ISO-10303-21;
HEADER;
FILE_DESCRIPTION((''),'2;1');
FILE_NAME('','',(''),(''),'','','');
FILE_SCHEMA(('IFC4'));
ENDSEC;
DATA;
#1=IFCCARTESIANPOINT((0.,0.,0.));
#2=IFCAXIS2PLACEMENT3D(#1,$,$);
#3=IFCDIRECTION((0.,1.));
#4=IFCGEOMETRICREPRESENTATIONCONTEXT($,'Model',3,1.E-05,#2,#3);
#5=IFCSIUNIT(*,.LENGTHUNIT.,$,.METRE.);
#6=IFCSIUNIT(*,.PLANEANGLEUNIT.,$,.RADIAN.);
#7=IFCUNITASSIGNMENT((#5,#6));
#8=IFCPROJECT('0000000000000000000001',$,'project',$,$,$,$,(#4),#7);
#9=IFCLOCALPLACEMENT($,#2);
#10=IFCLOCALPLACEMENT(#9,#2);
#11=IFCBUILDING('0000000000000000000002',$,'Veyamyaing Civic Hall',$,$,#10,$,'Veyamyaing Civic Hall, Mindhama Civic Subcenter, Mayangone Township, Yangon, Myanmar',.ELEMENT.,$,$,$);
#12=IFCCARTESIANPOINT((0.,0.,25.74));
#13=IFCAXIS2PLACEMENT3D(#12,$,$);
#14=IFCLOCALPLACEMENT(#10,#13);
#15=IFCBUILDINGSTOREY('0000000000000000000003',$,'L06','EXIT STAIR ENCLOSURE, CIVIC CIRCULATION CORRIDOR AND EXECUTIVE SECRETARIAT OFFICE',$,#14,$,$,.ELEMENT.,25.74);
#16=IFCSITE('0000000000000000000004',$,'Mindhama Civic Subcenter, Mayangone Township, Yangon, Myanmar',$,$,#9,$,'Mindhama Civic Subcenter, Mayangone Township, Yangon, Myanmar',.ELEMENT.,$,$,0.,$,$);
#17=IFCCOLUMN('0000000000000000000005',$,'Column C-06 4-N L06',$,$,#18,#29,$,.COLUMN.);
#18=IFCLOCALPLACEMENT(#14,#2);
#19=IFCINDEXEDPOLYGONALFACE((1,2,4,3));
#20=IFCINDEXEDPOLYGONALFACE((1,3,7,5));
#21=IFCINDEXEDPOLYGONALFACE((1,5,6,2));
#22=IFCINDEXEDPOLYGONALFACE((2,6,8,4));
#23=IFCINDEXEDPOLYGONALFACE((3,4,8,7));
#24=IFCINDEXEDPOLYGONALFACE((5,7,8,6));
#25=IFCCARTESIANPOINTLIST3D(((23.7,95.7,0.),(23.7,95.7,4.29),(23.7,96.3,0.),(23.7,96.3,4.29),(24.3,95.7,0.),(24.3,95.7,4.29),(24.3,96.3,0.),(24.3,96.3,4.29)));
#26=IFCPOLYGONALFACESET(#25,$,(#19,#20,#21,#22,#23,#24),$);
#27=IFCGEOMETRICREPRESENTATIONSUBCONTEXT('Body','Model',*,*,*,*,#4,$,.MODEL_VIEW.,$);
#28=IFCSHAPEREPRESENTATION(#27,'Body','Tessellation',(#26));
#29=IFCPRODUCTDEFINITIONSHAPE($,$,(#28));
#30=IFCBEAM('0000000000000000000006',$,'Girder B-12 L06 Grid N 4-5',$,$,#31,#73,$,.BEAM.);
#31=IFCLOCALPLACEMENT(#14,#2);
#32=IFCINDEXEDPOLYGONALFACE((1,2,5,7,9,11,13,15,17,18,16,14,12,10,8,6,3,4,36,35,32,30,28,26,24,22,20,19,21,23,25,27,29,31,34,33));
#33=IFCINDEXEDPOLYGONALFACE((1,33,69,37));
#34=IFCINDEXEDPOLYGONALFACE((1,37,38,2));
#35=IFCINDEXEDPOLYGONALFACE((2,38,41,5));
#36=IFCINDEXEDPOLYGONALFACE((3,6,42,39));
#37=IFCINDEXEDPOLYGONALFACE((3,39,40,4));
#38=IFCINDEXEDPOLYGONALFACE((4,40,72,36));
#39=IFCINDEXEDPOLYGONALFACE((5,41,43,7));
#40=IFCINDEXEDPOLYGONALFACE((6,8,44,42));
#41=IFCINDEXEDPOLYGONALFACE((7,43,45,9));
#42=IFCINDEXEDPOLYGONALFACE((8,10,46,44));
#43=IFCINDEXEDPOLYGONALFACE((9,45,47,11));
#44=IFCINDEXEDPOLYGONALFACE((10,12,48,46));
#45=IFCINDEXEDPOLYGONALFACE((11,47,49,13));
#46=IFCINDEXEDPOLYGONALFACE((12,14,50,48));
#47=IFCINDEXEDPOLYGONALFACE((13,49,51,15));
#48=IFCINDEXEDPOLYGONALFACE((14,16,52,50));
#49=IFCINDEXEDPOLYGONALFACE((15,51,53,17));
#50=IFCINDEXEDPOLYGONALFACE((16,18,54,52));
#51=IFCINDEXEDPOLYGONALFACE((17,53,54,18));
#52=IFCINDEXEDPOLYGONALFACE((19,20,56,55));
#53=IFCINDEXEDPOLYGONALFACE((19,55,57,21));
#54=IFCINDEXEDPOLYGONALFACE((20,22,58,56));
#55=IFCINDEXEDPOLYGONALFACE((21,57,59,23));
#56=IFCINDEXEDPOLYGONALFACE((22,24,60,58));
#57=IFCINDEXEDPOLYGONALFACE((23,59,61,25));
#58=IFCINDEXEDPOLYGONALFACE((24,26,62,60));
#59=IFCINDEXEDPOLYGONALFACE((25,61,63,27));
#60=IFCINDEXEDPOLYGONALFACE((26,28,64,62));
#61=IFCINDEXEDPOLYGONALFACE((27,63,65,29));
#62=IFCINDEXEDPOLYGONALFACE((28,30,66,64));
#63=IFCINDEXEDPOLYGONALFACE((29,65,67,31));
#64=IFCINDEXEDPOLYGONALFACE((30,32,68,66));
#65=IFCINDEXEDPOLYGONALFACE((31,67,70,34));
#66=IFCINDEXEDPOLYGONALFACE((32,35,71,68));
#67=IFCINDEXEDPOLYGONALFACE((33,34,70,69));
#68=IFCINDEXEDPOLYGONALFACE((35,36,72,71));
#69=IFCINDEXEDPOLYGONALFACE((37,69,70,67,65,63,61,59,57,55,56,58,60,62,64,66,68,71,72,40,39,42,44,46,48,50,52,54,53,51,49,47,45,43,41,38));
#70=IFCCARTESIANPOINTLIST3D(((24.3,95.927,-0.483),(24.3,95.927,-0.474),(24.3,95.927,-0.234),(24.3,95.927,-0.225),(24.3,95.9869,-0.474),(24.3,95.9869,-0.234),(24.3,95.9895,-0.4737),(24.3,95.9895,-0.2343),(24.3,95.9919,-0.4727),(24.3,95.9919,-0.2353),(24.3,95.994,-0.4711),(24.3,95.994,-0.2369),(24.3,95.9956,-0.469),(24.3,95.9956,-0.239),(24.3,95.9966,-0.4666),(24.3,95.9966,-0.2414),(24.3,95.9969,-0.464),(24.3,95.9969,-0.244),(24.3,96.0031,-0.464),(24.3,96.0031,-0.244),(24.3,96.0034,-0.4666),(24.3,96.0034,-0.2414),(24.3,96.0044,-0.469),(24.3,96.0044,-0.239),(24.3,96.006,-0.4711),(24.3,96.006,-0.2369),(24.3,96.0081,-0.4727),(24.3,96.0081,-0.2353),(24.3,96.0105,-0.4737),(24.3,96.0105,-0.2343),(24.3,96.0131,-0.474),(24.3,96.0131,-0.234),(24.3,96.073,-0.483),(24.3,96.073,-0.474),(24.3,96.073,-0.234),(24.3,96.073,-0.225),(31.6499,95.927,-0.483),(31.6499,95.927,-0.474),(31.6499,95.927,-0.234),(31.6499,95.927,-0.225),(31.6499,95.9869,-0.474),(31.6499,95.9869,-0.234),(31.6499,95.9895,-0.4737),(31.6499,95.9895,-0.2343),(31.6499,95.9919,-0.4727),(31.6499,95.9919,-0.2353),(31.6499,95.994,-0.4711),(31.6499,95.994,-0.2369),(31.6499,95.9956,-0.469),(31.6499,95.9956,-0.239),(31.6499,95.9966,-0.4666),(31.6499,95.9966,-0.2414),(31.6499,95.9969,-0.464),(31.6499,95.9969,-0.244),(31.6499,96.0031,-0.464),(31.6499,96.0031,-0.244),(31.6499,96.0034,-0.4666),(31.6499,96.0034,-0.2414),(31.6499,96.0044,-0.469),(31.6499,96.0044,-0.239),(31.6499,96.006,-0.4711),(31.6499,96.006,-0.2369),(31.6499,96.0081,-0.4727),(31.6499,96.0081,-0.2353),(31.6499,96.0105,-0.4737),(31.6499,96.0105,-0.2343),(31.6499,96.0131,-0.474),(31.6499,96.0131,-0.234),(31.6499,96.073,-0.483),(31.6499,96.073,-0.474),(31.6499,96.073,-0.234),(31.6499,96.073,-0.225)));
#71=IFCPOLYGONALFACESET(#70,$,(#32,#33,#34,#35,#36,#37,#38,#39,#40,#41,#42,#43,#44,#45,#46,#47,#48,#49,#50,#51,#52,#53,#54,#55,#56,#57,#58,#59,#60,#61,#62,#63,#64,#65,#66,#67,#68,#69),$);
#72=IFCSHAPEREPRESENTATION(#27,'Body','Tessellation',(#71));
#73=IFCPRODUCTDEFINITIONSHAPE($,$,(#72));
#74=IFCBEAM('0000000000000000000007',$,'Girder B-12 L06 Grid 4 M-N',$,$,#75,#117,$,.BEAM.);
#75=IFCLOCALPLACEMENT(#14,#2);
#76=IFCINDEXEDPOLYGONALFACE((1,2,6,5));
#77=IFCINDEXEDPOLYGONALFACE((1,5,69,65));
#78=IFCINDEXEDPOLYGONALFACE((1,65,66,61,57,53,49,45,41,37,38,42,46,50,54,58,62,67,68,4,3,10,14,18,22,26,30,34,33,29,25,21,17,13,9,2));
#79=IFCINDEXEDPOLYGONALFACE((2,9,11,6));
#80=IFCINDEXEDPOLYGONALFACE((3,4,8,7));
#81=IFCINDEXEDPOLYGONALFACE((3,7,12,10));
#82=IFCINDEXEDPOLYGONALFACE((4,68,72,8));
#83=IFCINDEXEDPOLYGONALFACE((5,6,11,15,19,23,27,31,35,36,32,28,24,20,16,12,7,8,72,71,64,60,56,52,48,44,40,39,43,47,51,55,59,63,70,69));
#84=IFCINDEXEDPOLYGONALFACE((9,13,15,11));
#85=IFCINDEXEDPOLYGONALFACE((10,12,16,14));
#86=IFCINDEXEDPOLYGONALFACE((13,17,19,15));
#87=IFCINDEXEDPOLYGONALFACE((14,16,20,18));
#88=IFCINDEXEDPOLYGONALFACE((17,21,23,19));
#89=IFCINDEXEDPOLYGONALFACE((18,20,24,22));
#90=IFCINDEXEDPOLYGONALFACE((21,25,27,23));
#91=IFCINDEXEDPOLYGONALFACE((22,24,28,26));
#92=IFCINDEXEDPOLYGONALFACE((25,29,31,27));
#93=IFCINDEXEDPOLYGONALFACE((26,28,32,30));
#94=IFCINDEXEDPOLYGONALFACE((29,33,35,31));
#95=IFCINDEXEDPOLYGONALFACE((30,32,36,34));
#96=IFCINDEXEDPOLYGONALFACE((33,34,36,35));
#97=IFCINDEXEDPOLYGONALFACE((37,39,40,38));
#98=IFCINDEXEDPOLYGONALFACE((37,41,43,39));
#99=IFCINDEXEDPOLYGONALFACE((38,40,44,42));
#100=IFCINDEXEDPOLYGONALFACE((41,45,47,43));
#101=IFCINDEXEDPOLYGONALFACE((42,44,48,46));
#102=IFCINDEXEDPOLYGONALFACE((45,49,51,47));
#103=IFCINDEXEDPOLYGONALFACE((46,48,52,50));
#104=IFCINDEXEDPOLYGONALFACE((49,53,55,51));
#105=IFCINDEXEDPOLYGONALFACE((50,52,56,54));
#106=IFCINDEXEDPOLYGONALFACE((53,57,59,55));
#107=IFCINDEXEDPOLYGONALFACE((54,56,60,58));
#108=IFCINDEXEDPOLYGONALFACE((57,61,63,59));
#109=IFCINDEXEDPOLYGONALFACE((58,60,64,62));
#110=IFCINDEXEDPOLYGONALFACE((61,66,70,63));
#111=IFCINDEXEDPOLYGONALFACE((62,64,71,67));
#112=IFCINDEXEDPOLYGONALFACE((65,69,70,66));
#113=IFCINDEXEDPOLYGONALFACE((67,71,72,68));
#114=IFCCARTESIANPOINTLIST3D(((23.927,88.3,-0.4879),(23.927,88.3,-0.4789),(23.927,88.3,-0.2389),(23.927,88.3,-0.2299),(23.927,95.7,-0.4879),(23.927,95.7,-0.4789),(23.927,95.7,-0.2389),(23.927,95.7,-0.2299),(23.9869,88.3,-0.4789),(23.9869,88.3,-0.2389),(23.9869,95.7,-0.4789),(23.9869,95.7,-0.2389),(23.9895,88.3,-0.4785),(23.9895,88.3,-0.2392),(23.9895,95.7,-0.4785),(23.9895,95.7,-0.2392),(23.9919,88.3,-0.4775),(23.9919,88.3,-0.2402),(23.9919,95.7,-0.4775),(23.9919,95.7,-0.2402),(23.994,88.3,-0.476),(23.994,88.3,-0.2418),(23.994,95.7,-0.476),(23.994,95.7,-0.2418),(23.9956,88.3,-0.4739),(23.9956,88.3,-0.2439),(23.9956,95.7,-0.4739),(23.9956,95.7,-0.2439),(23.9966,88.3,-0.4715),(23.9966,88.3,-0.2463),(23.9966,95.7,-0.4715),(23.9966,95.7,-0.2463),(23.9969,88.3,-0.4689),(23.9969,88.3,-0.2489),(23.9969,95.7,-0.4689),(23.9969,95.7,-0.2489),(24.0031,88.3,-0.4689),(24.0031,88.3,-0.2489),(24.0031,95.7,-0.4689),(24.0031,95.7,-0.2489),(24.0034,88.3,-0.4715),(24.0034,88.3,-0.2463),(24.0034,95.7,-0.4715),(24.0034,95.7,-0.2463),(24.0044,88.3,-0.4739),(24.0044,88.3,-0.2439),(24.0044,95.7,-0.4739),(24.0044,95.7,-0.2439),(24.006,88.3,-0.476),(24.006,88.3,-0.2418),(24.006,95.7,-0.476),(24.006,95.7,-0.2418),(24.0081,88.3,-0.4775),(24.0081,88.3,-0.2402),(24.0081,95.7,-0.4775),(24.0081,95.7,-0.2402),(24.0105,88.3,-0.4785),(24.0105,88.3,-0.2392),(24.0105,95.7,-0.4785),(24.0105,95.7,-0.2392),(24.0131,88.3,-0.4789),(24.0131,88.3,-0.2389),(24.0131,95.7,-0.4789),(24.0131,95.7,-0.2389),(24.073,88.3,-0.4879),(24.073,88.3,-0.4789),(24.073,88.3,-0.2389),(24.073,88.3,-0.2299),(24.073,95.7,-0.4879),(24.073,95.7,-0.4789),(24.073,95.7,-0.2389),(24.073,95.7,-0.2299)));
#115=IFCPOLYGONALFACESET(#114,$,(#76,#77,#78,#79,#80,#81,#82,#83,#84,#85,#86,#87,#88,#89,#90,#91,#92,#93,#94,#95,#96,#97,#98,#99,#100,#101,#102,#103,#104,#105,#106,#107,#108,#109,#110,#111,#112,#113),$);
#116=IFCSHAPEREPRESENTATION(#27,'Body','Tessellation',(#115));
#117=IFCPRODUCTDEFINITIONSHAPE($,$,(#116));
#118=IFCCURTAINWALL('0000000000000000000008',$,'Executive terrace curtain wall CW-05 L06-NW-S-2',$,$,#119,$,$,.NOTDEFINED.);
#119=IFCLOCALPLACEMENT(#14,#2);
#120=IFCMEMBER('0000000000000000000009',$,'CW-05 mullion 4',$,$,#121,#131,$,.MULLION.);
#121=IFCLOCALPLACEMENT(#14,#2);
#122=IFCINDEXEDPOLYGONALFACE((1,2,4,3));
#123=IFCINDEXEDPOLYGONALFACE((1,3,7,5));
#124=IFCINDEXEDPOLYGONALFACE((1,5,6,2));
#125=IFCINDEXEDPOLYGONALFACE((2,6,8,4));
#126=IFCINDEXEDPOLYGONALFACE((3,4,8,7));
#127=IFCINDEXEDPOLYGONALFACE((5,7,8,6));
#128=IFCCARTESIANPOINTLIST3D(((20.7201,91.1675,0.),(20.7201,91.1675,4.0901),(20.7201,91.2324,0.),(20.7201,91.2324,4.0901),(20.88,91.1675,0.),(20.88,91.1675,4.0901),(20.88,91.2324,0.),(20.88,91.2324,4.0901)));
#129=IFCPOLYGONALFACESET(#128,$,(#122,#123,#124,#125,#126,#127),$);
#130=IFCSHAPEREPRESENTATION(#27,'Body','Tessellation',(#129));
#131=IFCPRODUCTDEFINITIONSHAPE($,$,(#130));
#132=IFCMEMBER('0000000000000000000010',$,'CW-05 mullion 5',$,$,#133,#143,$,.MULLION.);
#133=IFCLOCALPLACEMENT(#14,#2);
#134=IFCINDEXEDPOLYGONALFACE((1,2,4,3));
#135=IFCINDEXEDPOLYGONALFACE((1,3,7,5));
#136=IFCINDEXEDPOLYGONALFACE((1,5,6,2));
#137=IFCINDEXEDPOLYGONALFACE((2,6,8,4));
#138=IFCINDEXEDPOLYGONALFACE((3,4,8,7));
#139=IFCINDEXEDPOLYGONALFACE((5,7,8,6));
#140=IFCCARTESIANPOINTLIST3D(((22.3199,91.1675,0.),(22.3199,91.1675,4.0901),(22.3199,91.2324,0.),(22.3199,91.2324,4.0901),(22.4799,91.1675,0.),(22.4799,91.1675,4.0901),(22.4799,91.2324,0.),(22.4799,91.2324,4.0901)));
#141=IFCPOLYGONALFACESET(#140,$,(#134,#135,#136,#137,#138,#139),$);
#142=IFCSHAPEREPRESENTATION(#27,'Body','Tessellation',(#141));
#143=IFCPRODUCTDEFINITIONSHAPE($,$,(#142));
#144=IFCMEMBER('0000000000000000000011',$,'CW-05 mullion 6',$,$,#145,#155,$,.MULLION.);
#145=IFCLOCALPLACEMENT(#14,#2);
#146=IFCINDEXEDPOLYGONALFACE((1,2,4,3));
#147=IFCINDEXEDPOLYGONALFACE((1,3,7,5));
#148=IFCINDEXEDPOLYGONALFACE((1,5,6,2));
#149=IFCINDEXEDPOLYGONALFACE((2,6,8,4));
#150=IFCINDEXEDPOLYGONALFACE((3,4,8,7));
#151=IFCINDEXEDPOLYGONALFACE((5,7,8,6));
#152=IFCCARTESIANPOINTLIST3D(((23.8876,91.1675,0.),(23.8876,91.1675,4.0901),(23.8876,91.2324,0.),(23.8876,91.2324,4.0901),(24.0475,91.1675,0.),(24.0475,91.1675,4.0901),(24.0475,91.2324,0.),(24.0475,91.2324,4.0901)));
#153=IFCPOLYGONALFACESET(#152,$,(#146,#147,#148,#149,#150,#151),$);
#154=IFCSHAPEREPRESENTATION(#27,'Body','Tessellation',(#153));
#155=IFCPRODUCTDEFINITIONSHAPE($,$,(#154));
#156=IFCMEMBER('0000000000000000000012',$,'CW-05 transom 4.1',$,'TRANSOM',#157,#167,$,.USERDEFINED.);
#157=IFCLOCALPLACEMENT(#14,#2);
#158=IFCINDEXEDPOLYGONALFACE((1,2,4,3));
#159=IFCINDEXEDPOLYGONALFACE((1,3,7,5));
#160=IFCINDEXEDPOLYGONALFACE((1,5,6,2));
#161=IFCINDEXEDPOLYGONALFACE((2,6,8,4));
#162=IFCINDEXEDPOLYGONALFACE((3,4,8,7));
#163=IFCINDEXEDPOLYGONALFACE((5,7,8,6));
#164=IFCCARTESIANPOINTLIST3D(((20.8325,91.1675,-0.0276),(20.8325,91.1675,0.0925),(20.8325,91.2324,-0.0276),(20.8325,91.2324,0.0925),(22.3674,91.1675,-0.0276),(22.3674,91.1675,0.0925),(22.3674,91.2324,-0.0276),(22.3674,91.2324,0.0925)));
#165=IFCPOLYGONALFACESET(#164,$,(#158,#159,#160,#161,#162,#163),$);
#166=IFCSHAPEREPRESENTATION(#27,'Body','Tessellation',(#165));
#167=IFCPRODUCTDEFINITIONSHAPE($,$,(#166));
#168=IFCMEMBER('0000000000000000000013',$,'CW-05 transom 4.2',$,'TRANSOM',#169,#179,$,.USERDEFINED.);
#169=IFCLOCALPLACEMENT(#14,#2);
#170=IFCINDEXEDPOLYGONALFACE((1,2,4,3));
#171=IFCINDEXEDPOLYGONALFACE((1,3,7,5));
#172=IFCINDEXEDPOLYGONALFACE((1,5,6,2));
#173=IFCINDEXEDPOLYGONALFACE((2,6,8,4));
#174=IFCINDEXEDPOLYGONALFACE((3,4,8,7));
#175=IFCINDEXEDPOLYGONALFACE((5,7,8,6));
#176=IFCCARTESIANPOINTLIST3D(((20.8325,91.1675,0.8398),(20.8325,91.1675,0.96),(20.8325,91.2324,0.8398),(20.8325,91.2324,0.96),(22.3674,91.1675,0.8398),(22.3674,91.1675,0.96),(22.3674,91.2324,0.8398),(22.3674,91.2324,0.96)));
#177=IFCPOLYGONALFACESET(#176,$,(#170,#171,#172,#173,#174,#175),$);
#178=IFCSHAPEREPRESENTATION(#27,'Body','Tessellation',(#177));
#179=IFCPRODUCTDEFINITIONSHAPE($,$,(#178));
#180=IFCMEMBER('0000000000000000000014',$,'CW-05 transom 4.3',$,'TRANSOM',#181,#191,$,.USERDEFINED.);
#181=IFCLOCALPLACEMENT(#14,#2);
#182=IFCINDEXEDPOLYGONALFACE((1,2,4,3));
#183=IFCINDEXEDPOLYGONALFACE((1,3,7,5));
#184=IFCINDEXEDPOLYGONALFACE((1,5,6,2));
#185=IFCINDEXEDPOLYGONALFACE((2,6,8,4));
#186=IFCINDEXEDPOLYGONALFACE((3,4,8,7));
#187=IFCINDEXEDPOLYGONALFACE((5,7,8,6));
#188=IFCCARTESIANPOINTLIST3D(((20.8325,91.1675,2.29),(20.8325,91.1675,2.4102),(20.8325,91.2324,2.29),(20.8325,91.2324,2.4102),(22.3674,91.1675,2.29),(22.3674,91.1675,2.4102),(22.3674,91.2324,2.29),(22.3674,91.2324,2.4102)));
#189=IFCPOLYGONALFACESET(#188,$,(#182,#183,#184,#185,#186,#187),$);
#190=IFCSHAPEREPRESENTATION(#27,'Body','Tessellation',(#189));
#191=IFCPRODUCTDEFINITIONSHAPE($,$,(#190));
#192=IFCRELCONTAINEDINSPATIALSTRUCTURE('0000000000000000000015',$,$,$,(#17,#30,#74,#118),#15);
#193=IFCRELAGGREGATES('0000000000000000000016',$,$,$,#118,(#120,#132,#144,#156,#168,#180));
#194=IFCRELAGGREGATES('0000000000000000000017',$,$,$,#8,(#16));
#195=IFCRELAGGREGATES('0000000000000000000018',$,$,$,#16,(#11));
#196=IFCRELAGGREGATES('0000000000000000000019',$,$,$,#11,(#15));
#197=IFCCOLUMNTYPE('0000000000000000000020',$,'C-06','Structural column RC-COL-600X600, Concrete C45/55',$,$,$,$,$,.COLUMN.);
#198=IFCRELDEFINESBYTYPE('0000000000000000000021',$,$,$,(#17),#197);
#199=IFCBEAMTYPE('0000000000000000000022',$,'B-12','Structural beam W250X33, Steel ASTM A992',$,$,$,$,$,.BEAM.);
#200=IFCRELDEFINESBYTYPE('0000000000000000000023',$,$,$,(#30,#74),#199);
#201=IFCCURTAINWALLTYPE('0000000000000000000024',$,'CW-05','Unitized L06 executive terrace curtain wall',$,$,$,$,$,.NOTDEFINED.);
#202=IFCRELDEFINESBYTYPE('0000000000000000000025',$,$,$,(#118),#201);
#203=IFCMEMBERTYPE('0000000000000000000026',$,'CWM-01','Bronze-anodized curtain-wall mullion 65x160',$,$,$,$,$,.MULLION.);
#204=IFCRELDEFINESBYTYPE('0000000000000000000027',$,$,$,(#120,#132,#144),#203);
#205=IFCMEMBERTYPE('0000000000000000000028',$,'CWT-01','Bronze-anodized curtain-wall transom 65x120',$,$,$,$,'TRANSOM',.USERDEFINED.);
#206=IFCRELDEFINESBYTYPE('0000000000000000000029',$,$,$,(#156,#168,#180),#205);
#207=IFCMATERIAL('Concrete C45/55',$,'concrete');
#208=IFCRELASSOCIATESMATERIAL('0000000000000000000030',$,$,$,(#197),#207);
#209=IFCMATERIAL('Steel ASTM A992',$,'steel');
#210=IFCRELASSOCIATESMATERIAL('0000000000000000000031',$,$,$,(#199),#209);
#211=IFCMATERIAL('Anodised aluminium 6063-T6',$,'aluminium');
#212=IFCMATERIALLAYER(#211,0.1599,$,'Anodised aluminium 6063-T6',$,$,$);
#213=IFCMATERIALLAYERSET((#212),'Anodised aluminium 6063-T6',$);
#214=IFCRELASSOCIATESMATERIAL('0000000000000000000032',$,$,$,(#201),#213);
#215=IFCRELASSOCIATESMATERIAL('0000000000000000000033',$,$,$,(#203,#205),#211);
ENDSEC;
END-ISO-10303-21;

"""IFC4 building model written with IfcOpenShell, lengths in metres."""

from ifc_helpers import new_model, si_unit, direction, frame, origin, origin_2d, place, context, subcontext, project, spatial, rectangle, i_section, extrude, material, layer, layer_set, material_profile, profile_set, type_object, element, aggregate, save


model = new_model("IFC4")

# Units and contexts
model_context = context("Model", 3, precision=1e-05, world=origin(), true_north=direction((0.0, 1.0)))
body_context = subcontext(model_context, "Body", "Model", "MODEL_VIEW")
ifc_project = project(units=[si_unit("LENGTHUNIT", "METRE"), si_unit("PLANEANGLEUNIT", "RADIAN")], contexts=[model_context])

# Site, building, storey
site_placement = place(None, origin())
site = spatial("IfcSite", under=ifc_project, at=site_placement, Name="Mindhama Civic Subcenter, Mayangone Township, Yangon, Myanmar", LongName="Mindhama Civic Subcenter, Mayangone Township, Yangon, Myanmar", CompositionType="ELEMENT", RefElevation=0.0)
building_placement = place(site_placement, origin())
building = spatial("IfcBuilding", under=site, at=building_placement, Name="Veyamyaing Civic Hall", LongName="Veyamyaing Civic Hall, Mindhama Civic Subcenter, Mayangone Township, Yangon, Myanmar", CompositionType="ELEMENT")
storey_placement = place(building_placement, frame((0.0, 0.0, 25.74)))
storey = spatial("IfcBuildingStorey", under=building, at=storey_placement, Name="L06", Description="EXIT STAIR ENCLOSURE, CIVIC CIRCULATION CORRIDOR AND EXECUTIVE SECRETARIAT OFFICE", CompositionType="ELEMENT", Elevation=25.74)

# Column
ifc_material_1 = material(Name="Concrete C45/55", Category="concrete")
ifc_material_profile_1 = material_profile(ifc_material_1, rectangle(XDim=0.6001, YDim=0.6001, at=origin_2d()), Name="RC-COL-600X600")
ifc_profile_set_1 = profile_set([ifc_material_profile_1], Name="Concrete C45/55")
column_type = type_object("IfcColumnType", Name="C-06", Description="Structural column RC-COL-600X600, Concrete C45/55", PredefinedType="COLUMN", material=ifc_profile_set_1)
column_placement = place(storey_placement, frame((24.0, 96.0, 0.0), z_axis=(0.0, 0.0, 1.0), x_axis=(1.0, 0.0, 0.0)))
element("IfcColumn", 1, at=column_placement, inside=storey, type_object=column_type, Name="Column C-06 4-N L06", PredefinedType="COLUMN", context=body_context, shape_type="SweptSolid", body=[
    extrude(rectangle(XDim=0.6001, YDim=0.6001, at=origin_2d()), origin(), (0.0, 0.0, 1.0), 4.29),
])

# Beams
ifc_material_2 = material(Name="Steel ASTM A992", Category="steel")
ifc_material_profile_2 = material_profile(ifc_material_2, i_section(OverallWidth=0.146, OverallDepth=0.2581, WebThickness=0.0061, FlangeThickness=0.009, FilletRadius=0.01, at=origin_2d()), Name="W250X33")
ifc_profile_set_2 = profile_set([ifc_material_profile_2], Name="Steel ASTM A992")
beam_type_1 = type_object("IfcBeamType", Name="B-12", Description="Structural beam W250X33, Steel ASTM A992", PredefinedType="BEAM", material=ifc_profile_set_2)
beam_1_placement = place(storey_placement, frame((24.3, 96.0, -0.354), z_axis=(1.0, 0.0, 0.0), x_axis=(0.0, 1.0, 0.0)))
element("IfcBeam", 2, at=beam_1_placement, inside=storey, type_object=beam_type_1, Name="Girder B-12 L06 Grid N 4-5", PredefinedType="BEAM", context=body_context, shape_type="SweptSolid", body=[
    extrude(i_section(OverallWidth=0.146, OverallDepth=0.2581, WebThickness=0.0061, FlangeThickness=0.009, FilletRadius=0.01, at=origin_2d()), origin(), (0.0, 0.0, 1.0), 7.3499),
])
beam_2_placement = place(storey_placement, frame((24.0, 88.3, -0.3589), z_axis=(0.0, 1.0, 0.0), x_axis=(-1.0, 0.0, 0.0)))
element("IfcBeam", 3, at=beam_2_placement, inside=storey, type_object=beam_type_1, Name="Girder B-12 L06 Grid 4 M-N", PredefinedType="BEAM", context=body_context, shape_type="SweptSolid", body=[
    extrude(i_section(OverallWidth=0.146, OverallDepth=0.2581, WebThickness=0.0061, FlangeThickness=0.009, FilletRadius=0.01, at=origin_2d()), origin(), (0.0, 0.0, 1.0), 7.3999),
])

# Curtain wall, members
ifc_material_3 = material(Name="Anodised aluminium 6063-T6", Category="aluminium")
ifc_layer_1 = layer(ifc_material_3, 0.1599, Name="Anodised aluminium 6063-T6")
ifc_layer_set_1 = layer_set([ifc_layer_1], Name="Anodised aluminium 6063-T6")
curtain_wall_type = type_object("IfcCurtainWallType", Name="CW-05", Description="Unitized L06 executive terrace curtain wall", PredefinedType="NOTDEFINED", material=ifc_layer_set_1)
curtain_wall_placement = place(storey_placement, origin())
curtain_wall = element("IfcCurtainWall", 4, at=curtain_wall_placement, inside=storey, type_object=curtain_wall_type, Name="Executive terrace curtain wall CW-05 L06-NW-S-2", PredefinedType="NOTDEFINED")
ifc_material_profile_3 = material_profile(ifc_material_3, rectangle(XDim=0.0649, YDim=0.1599, at=origin_2d()), Name="ALU-MUL-65X160")
ifc_profile_set_3 = profile_set([ifc_material_profile_3], Name="Anodised aluminium 6063-T6")
member_type_1 = type_object("IfcMemberType", Name="CWM-01", Description="Bronze-anodized curtain-wall mullion 65x160", PredefinedType="MULLION", material=ifc_profile_set_3)
member_1_placement = place(storey_placement, frame((20.8, 91.2, 0.0), z_axis=(0.0, 0.0, 1.0), x_axis=(0.0, 1.0, 0.0)))
member_1 = element("IfcMember", 5, at=member_1_placement, type_object=member_type_1, Name="CW-05 mullion 4", PredefinedType="MULLION", context=body_context, shape_type="SweptSolid", body=[
    extrude(rectangle(XDim=0.0649, YDim=0.1599, at=origin_2d()), origin(), (0.0, 0.0, 1.0), 4.0901),
])
member_2_placement = place(storey_placement, frame((22.3999, 91.2, 0.0), z_axis=(0.0, 0.0, 1.0), x_axis=(0.0, 1.0, 0.0)))
member_2 = element("IfcMember", 6, at=member_2_placement, type_object=member_type_1, Name="CW-05 mullion 5", PredefinedType="MULLION", context=body_context, shape_type="SweptSolid", body=[
    extrude(rectangle(XDim=0.0649, YDim=0.1599, at=origin_2d()), origin(), (0.0, 0.0, 1.0), 4.0901),
])
member_3_placement = place(storey_placement, frame((23.9675, 91.2, 0.0), z_axis=(0.0, 0.0, 1.0), x_axis=(0.0, 1.0, 0.0)))
member_3 = element("IfcMember", 7, at=member_3_placement, type_object=member_type_1, Name="CW-05 mullion 6", PredefinedType="MULLION", context=body_context, shape_type="SweptSolid", body=[
    extrude(rectangle(XDim=0.0649, YDim=0.1599, at=origin_2d()), origin(), (0.0, 0.0, 1.0), 4.0901),
])
ifc_material_profile_4 = material_profile(ifc_material_3, rectangle(XDim=0.0649, YDim=0.1201, at=origin_2d()), Name="ALU-TRN-65X120")
ifc_profile_set_4 = profile_set([ifc_material_profile_4], Name="Anodised aluminium 6063-T6")
member_type_2 = type_object("IfcMemberType", Name="CWT-01", Description="Bronze-anodized curtain-wall transom 65x120", ElementType="TRANSOM", PredefinedType="USERDEFINED", material=ifc_profile_set_4)
member_4_placement = place(storey_placement, frame((20.8325, 91.2, 0.0325), z_axis=(1.0, 0.0, 0.0), x_axis=(0.0, 1.0, 0.0)))
member_4 = element("IfcMember", 8, at=member_4_placement, type_object=member_type_2, Name="CW-05 transom 4.1", ObjectType="TRANSOM", PredefinedType="USERDEFINED", context=body_context, shape_type="SweptSolid", body=[
    extrude(rectangle(XDim=0.0649, YDim=0.1201, at=origin_2d()), origin(), (0.0, 0.0, 1.0), 1.5349),
])
member_5_placement = place(storey_placement, frame((20.8325, 91.2, 0.8999), z_axis=(1.0, 0.0, 0.0), x_axis=(0.0, 1.0, 0.0)))
member_5 = element("IfcMember", 9, at=member_5_placement, type_object=member_type_2, Name="CW-05 transom 4.2", ObjectType="TRANSOM", PredefinedType="USERDEFINED", context=body_context, shape_type="SweptSolid", body=[
    extrude(rectangle(XDim=0.0649, YDim=0.1201, at=origin_2d()), origin(), (0.0, 0.0, 1.0), 1.5349),
])
member_6_placement = place(storey_placement, frame((20.8325, 91.2, 2.3501), z_axis=(1.0, 0.0, 0.0), x_axis=(0.0, 1.0, 0.0)))
member_6 = element("IfcMember", 10, at=member_6_placement, type_object=member_type_2, Name="CW-05 transom 4.3", ObjectType="TRANSOM", PredefinedType="USERDEFINED", context=body_context, shape_type="SweptSolid", body=[
    extrude(rectangle(XDim=0.0649, YDim=0.1201, at=origin_2d()), origin(), (0.0, 0.0, 1.0), 1.5349),
])

aggregate(curtain_wall, [member_1, member_2, member_3, member_4, member_5, member_6])

save(model, "model.ifc")
